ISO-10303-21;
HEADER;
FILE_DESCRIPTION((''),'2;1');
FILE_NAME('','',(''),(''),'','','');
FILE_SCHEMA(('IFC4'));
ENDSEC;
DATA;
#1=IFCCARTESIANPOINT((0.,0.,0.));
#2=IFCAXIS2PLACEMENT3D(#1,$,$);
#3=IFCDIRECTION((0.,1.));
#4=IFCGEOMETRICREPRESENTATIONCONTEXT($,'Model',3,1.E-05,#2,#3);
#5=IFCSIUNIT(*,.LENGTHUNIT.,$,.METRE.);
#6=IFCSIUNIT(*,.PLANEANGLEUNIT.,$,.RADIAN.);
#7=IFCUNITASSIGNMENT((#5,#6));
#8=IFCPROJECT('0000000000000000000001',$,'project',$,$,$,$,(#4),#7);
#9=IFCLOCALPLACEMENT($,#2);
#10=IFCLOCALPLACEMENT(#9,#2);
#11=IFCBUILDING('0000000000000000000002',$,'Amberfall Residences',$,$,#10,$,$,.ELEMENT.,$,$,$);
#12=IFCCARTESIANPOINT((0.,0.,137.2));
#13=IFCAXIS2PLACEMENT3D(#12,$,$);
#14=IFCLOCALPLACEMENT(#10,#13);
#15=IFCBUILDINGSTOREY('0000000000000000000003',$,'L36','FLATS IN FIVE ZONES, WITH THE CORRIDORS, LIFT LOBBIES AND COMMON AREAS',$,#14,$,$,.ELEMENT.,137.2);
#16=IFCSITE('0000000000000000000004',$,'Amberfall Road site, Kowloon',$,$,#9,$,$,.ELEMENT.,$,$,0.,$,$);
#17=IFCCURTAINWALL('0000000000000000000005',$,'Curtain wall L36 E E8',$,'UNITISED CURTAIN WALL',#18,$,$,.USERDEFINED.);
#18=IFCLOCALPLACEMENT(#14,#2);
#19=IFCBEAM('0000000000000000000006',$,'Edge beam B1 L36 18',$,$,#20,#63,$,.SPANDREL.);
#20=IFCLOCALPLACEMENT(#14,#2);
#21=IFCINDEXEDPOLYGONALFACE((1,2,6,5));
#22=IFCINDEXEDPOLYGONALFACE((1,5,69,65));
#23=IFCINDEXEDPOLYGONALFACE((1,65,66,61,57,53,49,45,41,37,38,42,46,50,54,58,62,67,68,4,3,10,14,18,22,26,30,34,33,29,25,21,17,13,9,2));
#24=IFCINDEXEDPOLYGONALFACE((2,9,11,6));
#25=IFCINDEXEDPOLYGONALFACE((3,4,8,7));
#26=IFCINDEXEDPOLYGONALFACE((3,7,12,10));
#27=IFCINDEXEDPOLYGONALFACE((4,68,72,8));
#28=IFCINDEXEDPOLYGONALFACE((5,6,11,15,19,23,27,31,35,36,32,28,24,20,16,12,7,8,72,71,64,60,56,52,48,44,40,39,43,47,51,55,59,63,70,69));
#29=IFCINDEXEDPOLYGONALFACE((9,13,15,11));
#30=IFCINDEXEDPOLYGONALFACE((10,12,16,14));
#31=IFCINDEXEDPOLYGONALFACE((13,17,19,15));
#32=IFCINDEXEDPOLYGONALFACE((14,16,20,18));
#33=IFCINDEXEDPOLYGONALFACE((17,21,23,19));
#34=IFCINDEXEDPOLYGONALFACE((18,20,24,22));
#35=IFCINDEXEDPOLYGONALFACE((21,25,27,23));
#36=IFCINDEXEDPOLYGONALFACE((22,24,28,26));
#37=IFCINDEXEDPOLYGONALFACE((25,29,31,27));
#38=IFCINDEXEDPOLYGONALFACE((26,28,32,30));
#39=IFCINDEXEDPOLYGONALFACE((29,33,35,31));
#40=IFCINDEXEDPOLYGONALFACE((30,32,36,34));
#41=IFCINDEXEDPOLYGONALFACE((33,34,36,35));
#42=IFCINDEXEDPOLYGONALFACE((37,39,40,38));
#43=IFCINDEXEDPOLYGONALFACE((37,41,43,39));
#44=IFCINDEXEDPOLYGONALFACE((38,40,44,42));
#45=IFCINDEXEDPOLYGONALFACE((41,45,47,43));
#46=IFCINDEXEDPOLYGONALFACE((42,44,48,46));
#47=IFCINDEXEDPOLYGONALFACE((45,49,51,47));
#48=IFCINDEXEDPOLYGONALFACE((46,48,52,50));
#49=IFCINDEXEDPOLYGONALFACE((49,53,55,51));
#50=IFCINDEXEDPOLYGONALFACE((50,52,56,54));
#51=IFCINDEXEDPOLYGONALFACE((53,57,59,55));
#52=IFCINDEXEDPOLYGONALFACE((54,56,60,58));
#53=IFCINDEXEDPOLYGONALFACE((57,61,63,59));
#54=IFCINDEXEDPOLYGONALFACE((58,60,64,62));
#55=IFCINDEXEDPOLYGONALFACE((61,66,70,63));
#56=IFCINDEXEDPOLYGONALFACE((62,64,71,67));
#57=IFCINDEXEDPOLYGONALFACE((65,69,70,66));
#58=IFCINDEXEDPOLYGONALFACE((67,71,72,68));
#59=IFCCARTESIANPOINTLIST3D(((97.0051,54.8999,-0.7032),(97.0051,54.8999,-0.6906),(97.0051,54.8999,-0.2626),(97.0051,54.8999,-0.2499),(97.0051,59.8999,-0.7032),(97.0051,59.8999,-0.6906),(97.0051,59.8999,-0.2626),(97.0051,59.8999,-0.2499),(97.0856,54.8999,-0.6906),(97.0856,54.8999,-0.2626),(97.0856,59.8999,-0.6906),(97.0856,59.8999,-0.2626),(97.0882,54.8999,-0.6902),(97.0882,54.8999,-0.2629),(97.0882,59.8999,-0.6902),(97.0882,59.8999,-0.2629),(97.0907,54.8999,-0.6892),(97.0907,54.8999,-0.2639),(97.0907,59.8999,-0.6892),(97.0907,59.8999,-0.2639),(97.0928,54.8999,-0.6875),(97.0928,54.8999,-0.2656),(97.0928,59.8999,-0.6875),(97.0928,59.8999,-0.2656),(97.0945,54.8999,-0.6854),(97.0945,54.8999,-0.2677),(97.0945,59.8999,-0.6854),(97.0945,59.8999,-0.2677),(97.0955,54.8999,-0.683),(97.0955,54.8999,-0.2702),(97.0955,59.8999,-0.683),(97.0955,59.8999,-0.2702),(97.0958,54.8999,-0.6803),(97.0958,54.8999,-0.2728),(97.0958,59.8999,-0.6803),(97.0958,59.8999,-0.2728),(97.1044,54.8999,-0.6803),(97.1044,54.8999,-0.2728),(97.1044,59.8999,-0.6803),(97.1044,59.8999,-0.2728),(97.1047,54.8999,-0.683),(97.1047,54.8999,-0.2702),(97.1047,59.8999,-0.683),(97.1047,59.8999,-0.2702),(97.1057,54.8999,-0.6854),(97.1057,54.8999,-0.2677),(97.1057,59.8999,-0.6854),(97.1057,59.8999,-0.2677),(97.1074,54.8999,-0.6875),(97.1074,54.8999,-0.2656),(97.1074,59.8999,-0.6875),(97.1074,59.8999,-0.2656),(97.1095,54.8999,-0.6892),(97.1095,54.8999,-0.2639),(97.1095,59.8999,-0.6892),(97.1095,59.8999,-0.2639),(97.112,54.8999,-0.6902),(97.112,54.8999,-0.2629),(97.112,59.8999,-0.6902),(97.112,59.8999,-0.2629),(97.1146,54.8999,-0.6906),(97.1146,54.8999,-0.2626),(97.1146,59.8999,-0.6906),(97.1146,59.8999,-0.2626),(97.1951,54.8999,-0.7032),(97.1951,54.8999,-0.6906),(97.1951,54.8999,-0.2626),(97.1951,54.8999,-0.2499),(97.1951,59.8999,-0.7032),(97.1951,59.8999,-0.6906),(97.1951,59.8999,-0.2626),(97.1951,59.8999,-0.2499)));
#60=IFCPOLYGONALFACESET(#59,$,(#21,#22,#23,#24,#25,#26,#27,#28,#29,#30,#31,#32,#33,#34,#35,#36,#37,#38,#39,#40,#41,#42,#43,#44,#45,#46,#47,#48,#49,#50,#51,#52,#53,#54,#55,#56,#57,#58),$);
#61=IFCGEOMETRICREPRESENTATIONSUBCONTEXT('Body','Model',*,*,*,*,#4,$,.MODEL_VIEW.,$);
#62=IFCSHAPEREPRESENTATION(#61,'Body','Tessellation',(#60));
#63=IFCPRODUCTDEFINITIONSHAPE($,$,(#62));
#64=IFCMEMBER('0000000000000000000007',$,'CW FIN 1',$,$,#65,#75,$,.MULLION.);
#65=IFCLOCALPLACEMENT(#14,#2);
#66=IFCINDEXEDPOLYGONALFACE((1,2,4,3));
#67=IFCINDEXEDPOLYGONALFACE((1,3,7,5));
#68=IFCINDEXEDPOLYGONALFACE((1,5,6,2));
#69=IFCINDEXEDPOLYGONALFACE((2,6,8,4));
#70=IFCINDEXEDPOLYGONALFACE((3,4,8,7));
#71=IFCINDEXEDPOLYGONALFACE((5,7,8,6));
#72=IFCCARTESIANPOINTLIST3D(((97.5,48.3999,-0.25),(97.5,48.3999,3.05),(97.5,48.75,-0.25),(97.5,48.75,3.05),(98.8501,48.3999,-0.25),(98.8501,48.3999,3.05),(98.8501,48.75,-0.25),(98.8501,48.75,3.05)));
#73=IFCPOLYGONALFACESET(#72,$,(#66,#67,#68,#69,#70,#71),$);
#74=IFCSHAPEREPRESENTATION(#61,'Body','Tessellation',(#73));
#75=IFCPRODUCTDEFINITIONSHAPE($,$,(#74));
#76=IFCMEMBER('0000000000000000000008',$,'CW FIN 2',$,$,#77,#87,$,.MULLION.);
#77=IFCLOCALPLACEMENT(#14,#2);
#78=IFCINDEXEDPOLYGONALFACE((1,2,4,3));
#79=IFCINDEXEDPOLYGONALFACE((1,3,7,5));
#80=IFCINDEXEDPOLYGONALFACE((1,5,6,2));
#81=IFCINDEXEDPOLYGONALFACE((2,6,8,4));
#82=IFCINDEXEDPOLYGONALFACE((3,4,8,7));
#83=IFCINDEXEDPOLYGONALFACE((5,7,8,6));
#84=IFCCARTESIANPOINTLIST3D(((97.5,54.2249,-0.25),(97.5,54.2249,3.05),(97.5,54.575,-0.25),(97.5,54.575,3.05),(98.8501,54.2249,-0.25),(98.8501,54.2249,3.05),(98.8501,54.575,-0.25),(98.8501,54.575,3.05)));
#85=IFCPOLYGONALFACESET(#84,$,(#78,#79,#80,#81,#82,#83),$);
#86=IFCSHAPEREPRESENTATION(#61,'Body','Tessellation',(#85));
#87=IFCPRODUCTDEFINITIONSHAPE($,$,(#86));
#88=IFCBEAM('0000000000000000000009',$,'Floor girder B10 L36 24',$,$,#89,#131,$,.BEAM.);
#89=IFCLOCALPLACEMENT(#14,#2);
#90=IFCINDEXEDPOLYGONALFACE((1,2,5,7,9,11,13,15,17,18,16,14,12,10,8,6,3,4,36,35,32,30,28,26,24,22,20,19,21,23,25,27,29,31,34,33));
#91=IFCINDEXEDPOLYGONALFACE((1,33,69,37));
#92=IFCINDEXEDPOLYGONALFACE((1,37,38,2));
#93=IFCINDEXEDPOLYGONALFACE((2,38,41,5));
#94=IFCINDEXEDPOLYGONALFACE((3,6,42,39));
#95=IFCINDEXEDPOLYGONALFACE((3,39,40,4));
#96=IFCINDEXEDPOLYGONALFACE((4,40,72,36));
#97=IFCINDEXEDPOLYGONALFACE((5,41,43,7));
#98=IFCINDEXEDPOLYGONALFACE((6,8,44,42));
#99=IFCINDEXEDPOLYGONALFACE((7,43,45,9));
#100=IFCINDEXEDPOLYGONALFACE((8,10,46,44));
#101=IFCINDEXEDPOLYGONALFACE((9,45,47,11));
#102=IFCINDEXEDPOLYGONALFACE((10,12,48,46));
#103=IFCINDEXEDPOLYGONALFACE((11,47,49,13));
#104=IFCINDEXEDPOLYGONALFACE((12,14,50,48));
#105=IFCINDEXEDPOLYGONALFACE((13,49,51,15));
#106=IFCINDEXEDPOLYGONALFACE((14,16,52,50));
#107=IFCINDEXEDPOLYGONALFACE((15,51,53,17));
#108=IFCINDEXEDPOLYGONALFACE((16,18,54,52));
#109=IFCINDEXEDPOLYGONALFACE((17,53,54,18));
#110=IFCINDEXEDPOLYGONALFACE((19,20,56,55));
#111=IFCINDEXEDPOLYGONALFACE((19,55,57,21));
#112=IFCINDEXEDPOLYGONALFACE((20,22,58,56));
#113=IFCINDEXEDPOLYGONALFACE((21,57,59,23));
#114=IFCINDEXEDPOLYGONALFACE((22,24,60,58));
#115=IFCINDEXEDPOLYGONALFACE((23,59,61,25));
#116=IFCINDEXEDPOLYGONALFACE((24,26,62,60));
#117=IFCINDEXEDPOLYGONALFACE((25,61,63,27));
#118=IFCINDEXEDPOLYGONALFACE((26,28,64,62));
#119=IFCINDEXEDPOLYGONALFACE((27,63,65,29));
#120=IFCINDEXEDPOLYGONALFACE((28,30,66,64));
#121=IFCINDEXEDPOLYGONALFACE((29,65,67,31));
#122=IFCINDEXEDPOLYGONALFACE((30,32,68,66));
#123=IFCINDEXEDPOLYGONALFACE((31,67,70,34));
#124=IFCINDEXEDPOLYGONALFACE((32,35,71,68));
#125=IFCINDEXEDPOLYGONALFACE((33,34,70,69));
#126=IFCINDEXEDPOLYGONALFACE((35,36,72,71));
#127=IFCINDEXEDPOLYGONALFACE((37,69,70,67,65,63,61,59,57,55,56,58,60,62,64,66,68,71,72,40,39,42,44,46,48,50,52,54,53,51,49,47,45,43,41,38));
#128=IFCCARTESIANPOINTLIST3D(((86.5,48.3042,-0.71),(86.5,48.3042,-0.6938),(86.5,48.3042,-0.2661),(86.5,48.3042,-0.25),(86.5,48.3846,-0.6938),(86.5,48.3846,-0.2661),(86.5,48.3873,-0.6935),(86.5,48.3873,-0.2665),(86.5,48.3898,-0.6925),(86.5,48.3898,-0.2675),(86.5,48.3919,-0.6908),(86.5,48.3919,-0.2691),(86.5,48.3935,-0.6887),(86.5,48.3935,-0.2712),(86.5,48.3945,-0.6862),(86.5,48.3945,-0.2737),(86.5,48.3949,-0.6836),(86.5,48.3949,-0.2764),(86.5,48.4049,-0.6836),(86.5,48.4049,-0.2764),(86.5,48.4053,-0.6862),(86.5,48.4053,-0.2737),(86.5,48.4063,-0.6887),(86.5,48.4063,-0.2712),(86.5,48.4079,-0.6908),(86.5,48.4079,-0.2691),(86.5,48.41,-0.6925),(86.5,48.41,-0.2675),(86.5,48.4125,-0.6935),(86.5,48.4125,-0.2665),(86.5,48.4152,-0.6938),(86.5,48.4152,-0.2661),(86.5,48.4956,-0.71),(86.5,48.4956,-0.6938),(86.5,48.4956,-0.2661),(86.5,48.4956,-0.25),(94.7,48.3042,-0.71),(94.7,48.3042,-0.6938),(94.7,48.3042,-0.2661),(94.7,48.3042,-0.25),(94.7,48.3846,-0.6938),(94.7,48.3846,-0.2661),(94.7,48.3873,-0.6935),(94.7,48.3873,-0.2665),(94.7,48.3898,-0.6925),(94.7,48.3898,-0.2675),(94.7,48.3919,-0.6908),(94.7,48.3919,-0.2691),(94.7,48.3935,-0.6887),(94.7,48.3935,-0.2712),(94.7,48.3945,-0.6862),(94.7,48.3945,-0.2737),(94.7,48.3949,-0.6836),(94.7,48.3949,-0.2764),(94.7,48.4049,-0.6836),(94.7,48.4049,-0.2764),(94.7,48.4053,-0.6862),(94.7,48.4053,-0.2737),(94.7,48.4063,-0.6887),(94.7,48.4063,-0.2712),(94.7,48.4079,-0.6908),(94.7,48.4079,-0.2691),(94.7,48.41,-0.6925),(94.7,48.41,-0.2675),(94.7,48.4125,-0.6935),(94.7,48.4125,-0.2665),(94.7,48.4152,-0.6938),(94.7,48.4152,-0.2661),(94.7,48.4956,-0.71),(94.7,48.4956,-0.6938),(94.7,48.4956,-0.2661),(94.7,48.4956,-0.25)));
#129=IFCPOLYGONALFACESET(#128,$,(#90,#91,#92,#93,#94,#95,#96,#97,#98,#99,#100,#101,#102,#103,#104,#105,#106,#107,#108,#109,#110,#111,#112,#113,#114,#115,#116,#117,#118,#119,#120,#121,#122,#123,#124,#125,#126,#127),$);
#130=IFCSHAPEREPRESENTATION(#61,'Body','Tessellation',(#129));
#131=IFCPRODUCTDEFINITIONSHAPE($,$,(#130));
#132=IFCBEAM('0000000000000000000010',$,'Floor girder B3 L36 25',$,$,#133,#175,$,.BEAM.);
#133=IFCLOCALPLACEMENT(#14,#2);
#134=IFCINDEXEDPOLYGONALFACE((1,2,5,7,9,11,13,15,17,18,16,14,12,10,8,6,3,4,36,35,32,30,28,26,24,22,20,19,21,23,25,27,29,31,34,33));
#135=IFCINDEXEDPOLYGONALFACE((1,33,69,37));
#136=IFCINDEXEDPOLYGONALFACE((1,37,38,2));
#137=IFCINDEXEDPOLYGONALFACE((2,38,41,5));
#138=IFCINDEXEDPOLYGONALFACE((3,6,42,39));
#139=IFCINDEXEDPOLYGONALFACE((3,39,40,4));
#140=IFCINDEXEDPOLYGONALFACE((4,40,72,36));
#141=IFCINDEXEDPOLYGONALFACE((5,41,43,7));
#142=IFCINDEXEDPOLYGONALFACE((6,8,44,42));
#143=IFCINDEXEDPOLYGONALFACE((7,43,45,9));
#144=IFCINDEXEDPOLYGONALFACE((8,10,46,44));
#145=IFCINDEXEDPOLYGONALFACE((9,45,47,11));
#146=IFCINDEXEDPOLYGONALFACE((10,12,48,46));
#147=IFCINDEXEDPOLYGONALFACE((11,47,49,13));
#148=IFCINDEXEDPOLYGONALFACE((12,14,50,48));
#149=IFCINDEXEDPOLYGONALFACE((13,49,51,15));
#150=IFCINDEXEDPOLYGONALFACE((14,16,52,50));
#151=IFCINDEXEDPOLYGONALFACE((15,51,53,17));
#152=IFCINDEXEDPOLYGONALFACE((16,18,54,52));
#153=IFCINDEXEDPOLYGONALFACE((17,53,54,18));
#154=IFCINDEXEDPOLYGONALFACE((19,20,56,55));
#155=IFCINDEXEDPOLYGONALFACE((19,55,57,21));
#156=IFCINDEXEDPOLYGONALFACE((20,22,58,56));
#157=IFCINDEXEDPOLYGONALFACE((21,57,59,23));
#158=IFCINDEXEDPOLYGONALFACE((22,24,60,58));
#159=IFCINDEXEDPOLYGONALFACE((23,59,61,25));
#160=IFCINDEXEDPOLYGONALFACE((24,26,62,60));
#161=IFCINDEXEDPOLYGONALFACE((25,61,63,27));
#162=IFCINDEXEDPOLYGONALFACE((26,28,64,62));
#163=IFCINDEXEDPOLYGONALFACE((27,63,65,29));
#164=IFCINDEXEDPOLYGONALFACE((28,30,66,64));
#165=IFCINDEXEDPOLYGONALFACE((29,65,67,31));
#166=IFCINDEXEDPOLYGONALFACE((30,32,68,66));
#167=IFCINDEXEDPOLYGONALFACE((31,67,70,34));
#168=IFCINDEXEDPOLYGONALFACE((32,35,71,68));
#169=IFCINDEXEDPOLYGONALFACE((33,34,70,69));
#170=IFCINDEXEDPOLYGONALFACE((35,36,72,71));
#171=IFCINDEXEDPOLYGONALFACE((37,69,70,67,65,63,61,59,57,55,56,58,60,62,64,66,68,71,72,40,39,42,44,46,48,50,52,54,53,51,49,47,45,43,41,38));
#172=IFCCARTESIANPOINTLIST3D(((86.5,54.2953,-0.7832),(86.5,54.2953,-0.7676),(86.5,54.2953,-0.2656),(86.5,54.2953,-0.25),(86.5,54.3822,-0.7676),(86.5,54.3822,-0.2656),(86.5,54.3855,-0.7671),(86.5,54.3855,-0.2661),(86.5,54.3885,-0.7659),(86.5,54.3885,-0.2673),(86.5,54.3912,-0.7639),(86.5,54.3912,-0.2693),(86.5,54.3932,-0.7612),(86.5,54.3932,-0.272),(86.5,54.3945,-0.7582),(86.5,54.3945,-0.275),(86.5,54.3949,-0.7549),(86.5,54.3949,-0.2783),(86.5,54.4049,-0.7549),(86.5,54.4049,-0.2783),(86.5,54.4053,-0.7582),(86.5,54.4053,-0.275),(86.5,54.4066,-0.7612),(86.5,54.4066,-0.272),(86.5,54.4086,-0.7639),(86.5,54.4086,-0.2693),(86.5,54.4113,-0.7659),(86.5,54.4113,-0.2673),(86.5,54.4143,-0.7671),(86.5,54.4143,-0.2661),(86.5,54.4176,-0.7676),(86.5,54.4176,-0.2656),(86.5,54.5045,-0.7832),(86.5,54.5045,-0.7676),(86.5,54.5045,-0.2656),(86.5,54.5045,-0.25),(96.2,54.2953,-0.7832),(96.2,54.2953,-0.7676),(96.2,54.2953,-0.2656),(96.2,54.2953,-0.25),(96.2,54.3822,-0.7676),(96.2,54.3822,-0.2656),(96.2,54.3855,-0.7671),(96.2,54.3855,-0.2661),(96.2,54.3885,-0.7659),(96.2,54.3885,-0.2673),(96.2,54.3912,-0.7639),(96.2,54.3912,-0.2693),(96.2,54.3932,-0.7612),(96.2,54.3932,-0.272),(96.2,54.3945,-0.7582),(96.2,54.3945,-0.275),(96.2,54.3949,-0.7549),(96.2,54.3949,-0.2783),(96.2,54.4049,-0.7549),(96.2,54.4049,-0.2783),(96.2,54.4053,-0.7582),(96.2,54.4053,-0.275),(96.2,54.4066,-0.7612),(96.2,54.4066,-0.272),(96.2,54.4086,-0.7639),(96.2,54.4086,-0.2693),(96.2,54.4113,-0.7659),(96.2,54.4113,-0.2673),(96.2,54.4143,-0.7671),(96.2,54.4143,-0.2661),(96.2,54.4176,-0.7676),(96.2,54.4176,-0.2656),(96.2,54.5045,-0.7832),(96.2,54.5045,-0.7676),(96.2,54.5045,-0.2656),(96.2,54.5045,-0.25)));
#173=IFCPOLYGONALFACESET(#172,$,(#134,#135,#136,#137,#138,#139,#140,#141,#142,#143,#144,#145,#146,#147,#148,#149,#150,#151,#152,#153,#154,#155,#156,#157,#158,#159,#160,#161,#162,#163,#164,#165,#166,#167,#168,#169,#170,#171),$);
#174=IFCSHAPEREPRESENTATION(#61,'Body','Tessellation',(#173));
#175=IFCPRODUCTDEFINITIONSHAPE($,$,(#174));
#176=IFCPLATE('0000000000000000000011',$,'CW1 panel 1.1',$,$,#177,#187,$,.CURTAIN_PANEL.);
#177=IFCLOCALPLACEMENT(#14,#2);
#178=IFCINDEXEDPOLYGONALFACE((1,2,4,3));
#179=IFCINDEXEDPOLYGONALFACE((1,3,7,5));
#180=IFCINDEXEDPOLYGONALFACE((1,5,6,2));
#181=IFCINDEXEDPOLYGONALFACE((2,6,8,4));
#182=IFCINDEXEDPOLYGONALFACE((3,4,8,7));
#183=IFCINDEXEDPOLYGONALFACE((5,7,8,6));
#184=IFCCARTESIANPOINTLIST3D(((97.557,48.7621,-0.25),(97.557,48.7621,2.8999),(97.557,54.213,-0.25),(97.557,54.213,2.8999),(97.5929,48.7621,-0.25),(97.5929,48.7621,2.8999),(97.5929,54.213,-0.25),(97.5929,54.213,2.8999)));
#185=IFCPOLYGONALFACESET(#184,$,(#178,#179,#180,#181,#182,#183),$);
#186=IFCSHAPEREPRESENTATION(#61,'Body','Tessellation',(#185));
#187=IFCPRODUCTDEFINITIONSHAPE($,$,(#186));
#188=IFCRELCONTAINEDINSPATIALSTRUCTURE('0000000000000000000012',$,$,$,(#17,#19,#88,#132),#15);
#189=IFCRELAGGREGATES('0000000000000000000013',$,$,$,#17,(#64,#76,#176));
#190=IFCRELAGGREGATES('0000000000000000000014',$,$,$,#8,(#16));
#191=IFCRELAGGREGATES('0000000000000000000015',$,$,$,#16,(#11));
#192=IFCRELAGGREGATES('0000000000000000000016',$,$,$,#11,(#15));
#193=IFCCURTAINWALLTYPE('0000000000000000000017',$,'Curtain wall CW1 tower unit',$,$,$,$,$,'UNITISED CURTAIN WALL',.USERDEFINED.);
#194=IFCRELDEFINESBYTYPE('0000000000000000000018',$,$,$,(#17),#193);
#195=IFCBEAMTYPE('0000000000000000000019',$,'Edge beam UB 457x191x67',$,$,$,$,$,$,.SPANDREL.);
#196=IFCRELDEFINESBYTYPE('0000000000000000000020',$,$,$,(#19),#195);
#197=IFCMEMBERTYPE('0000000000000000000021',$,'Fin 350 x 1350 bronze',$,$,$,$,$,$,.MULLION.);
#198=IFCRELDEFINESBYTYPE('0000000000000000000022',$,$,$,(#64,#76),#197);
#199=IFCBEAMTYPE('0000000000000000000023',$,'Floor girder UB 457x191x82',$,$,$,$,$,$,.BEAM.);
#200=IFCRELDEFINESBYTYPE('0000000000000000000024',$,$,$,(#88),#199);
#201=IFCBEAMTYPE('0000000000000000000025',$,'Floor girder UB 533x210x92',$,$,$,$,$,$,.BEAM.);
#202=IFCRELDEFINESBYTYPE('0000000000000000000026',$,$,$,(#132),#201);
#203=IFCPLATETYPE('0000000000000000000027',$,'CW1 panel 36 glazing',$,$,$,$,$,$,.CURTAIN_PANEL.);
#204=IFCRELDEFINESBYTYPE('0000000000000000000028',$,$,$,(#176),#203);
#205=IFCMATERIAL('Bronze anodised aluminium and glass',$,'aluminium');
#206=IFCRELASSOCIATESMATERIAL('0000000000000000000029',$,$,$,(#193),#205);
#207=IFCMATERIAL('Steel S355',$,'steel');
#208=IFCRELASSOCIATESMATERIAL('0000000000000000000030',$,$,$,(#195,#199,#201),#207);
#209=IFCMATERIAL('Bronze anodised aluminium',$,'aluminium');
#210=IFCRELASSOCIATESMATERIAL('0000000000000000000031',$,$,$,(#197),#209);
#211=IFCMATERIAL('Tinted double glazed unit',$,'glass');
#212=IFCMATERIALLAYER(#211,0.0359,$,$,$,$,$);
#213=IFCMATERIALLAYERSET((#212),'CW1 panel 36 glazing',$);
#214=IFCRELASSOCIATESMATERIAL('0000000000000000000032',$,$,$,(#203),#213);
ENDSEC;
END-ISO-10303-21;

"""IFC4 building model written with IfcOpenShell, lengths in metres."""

from ifc_helpers import new_model, si_unit, direction, frame, origin, origin_2d, place, context, subcontext, project, spatial, rectangle, i_section, extrude, material, layer, layer_set, material_profile, profile_set, type_object, element, aggregate, save


model = new_model("IFC4")

# Units and contexts
model_context = context("Model", 3, precision=1e-05, world=origin(), true_north=direction((0.0, 1.0)))
body_context = subcontext(model_context, "Body", "Model", "MODEL_VIEW")
ifc_project = project(units=[si_unit("LENGTHUNIT", "METRE"), si_unit("PLANEANGLEUNIT", "RADIAN")], contexts=[model_context])

# Site, building, storey
site_placement = place(None, origin())
site = spatial("IfcSite", under=ifc_project, at=site_placement, Name="Amberfall Road site, Kowloon", CompositionType="ELEMENT", RefElevation=0.0)
building_placement = place(site_placement, origin())
building = spatial("IfcBuilding", under=site, at=building_placement, Name="Amberfall Residences", CompositionType="ELEMENT")
storey_placement = place(building_placement, frame((0.0, 0.0, 137.2)))
storey = spatial("IfcBuildingStorey", under=building, at=storey_placement, Name="L36", Description="FLATS IN FIVE ZONES, WITH THE CORRIDORS, LIFT LOBBIES AND COMMON AREAS", CompositionType="ELEMENT", Elevation=137.2)

# Curtain wall
ifc_material_1 = material(Name="Bronze anodised aluminium and glass", Category="aluminium")
curtain_wall_type = type_object("IfcCurtainWallType", Name="Curtain wall CW1 tower unit", ElementType="UNITISED CURTAIN WALL", PredefinedType="USERDEFINED", material=ifc_material_1)
curtain_wall_placement = place(storey_placement, origin())
curtain_wall = element("IfcCurtainWall", 1, at=curtain_wall_placement, inside=storey, type_object=curtain_wall_type, Name="Curtain wall L36 E E8", ObjectType="UNITISED CURTAIN WALL", PredefinedType="USERDEFINED")
ifc_material_2 = material(Name="Bronze anodised aluminium", Category="aluminium")

# Beam
ifc_material_3 = material(Name="Steel S355", Category="steel")
ifc_material_profile_1 = material_profile(ifc_material_3, i_section(OverallWidth=0.1899, OverallDepth=0.4534, WebThickness=0.0085, FlangeThickness=0.0127, FilletRadius=0.0103, at=origin_2d()), Name="UB 457x191x67")
ifc_profile_set_1 = profile_set([ifc_material_profile_1], Name="Steel S355")
beam_type_1 = type_object("IfcBeamType", Name="Edge beam UB 457x191x67", PredefinedType="SPANDREL", material=ifc_profile_set_1)
beam_1_placement = place(storey_placement, frame((97.1001, 54.8999, -0.4766), z_axis=(0.0, 1.0, 0.0), x_axis=(-1.0, 0.0, 0.0)))
element("IfcBeam", 2, at=beam_1_placement, inside=storey, type_object=beam_type_1, Name="Edge beam B1 L36 18", PredefinedType="SPANDREL", context=body_context, shape_type="SweptSolid", body=[
    extrude(i_section(OverallWidth=0.1899, OverallDepth=0.4534, WebThickness=0.0085, FlangeThickness=0.0127, FilletRadius=0.0103, at=origin_2d()), origin(), (0.0, 0.0, 1.0), 5.0),
])

# Members
ifc_material_profile_2 = material_profile(ifc_material_2, rectangle(XDim=1.3501, YDim=0.3501, at=origin_2d()), Name="Fin 350 x 1350 bronze")
ifc_profile_set_2 = profile_set([ifc_material_profile_2], Name="Bronze anodised aluminium")
member_type_1 = type_object("IfcMemberType", Name="Fin 350 x 1350 bronze", PredefinedType="MULLION", material=ifc_profile_set_2)
member_1_placement = place(storey_placement, frame((98.175, 48.575, -0.25), z_axis=(0.0, 0.0, 1.0), x_axis=(-1.0, 0.0, 0.0)))
member_1 = element("IfcMember", 3, at=member_1_placement, type_object=member_type_1, Name="CW FIN 1", PredefinedType="MULLION", context=body_context, shape_type="SweptSolid", body=[
    extrude(rectangle(XDim=1.3501, YDim=0.3501, at=origin_2d()), origin(), (0.0, 0.0, 1.0), 3.3),
])
member_2_placement = place(storey_placement, frame((98.175, 54.3999, -0.25), z_axis=(0.0, 0.0, 1.0), x_axis=(-1.0, 0.0, 0.0)))
member_2 = element("IfcMember", 4, at=member_2_placement, type_object=member_type_1, Name="CW FIN 2", PredefinedType="MULLION", context=body_context, shape_type="SweptSolid", body=[
    extrude(rectangle(XDim=1.3501, YDim=0.3501, at=origin_2d()), origin(), (0.0, 0.0, 1.0), 3.3),
])

# Beams
ifc_material_profile_3 = material_profile(ifc_material_3, i_section(OverallWidth=0.1914, OverallDepth=0.46, WebThickness=0.01, FlangeThickness=0.0161, FilletRadius=0.0103, at=origin_2d()), Name="UB 457x191x82")
ifc_profile_set_3 = profile_set([ifc_material_profile_3], Name="Steel S355")
beam_type_2 = type_object("IfcBeamType", Name="Floor girder UB 457x191x82", PredefinedType="BEAM", material=ifc_profile_set_3)
beam_2_placement = place(storey_placement, frame((94.7, 48.3999, -0.48), z_axis=(-1.0, 0.0, 0.0), x_axis=(0.0, -1.0, 0.0)))
element("IfcBeam", 5, at=beam_2_placement, inside=storey, type_object=beam_type_2, Name="Floor girder B10 L36 24", PredefinedType="BEAM", context=body_context, shape_type="SweptSolid", body=[
    extrude(i_section(OverallWidth=0.1914, OverallDepth=0.46, WebThickness=0.01, FlangeThickness=0.0161, FilletRadius=0.0103, at=origin_2d()), origin(), (0.0, 0.0, 1.0), 8.2),
])
ifc_material_profile_4 = material_profile(ifc_material_3, i_section(OverallWidth=0.2092, OverallDepth=0.5332, WebThickness=0.01, FlangeThickness=0.0156, FilletRadius=0.0127, at=origin_2d()), Name="UB 533x210x92")
ifc_profile_set_4 = profile_set([ifc_material_profile_4], Name="Steel S355")
beam_type_3 = type_object("IfcBeamType", Name="Floor girder UB 533x210x92", PredefinedType="BEAM", material=ifc_profile_set_4)
beam_3_placement = place(storey_placement, frame((96.2, 54.3999, -0.5166), z_axis=(-1.0, 0.0, 0.0), x_axis=(0.0, -1.0, 0.0)))
element("IfcBeam", 6, at=beam_3_placement, inside=storey, type_object=beam_type_3, Name="Floor girder B3 L36 25", PredefinedType="BEAM", context=body_context, shape_type="SweptSolid", body=[
    extrude(i_section(OverallWidth=0.2092, OverallDepth=0.5332, WebThickness=0.01, FlangeThickness=0.0156, FilletRadius=0.0127, at=origin_2d()), origin(), (0.0, 0.0, 1.0), 9.7),
])

# Plate
ifc_material_4 = material(Name="Tinted double glazed unit", Category="glass")
ifc_layer_1 = layer(ifc_material_4, 0.0359)
ifc_layer_set_1 = layer_set([ifc_layer_1], Name="CW1 panel 36 glazing")
plate_type = type_object("IfcPlateType", Name="CW1 panel 36 glazing", PredefinedType="CURTAIN_PANEL", material=ifc_layer_set_1)
plate_placement = place(storey_placement, frame((97.575, 51.4875, -0.25), z_axis=(0.0, 0.0, 1.0), x_axis=(0.0, 1.0, 0.0)))
plate = element("IfcPlate", 7, at=plate_placement, type_object=plate_type, Name="CW1 panel 1.1", PredefinedType="CURTAIN_PANEL", context=body_context, shape_type="SweptSolid", body=[
    extrude(rectangle(XDim=5.4509, YDim=0.0359, at=origin_2d()), origin(), (0.0, 0.0, 1.0), 3.1499),
])
aggregate(curtain_wall, [member_1, member_2, plate])

save(model, "model.ifc")
